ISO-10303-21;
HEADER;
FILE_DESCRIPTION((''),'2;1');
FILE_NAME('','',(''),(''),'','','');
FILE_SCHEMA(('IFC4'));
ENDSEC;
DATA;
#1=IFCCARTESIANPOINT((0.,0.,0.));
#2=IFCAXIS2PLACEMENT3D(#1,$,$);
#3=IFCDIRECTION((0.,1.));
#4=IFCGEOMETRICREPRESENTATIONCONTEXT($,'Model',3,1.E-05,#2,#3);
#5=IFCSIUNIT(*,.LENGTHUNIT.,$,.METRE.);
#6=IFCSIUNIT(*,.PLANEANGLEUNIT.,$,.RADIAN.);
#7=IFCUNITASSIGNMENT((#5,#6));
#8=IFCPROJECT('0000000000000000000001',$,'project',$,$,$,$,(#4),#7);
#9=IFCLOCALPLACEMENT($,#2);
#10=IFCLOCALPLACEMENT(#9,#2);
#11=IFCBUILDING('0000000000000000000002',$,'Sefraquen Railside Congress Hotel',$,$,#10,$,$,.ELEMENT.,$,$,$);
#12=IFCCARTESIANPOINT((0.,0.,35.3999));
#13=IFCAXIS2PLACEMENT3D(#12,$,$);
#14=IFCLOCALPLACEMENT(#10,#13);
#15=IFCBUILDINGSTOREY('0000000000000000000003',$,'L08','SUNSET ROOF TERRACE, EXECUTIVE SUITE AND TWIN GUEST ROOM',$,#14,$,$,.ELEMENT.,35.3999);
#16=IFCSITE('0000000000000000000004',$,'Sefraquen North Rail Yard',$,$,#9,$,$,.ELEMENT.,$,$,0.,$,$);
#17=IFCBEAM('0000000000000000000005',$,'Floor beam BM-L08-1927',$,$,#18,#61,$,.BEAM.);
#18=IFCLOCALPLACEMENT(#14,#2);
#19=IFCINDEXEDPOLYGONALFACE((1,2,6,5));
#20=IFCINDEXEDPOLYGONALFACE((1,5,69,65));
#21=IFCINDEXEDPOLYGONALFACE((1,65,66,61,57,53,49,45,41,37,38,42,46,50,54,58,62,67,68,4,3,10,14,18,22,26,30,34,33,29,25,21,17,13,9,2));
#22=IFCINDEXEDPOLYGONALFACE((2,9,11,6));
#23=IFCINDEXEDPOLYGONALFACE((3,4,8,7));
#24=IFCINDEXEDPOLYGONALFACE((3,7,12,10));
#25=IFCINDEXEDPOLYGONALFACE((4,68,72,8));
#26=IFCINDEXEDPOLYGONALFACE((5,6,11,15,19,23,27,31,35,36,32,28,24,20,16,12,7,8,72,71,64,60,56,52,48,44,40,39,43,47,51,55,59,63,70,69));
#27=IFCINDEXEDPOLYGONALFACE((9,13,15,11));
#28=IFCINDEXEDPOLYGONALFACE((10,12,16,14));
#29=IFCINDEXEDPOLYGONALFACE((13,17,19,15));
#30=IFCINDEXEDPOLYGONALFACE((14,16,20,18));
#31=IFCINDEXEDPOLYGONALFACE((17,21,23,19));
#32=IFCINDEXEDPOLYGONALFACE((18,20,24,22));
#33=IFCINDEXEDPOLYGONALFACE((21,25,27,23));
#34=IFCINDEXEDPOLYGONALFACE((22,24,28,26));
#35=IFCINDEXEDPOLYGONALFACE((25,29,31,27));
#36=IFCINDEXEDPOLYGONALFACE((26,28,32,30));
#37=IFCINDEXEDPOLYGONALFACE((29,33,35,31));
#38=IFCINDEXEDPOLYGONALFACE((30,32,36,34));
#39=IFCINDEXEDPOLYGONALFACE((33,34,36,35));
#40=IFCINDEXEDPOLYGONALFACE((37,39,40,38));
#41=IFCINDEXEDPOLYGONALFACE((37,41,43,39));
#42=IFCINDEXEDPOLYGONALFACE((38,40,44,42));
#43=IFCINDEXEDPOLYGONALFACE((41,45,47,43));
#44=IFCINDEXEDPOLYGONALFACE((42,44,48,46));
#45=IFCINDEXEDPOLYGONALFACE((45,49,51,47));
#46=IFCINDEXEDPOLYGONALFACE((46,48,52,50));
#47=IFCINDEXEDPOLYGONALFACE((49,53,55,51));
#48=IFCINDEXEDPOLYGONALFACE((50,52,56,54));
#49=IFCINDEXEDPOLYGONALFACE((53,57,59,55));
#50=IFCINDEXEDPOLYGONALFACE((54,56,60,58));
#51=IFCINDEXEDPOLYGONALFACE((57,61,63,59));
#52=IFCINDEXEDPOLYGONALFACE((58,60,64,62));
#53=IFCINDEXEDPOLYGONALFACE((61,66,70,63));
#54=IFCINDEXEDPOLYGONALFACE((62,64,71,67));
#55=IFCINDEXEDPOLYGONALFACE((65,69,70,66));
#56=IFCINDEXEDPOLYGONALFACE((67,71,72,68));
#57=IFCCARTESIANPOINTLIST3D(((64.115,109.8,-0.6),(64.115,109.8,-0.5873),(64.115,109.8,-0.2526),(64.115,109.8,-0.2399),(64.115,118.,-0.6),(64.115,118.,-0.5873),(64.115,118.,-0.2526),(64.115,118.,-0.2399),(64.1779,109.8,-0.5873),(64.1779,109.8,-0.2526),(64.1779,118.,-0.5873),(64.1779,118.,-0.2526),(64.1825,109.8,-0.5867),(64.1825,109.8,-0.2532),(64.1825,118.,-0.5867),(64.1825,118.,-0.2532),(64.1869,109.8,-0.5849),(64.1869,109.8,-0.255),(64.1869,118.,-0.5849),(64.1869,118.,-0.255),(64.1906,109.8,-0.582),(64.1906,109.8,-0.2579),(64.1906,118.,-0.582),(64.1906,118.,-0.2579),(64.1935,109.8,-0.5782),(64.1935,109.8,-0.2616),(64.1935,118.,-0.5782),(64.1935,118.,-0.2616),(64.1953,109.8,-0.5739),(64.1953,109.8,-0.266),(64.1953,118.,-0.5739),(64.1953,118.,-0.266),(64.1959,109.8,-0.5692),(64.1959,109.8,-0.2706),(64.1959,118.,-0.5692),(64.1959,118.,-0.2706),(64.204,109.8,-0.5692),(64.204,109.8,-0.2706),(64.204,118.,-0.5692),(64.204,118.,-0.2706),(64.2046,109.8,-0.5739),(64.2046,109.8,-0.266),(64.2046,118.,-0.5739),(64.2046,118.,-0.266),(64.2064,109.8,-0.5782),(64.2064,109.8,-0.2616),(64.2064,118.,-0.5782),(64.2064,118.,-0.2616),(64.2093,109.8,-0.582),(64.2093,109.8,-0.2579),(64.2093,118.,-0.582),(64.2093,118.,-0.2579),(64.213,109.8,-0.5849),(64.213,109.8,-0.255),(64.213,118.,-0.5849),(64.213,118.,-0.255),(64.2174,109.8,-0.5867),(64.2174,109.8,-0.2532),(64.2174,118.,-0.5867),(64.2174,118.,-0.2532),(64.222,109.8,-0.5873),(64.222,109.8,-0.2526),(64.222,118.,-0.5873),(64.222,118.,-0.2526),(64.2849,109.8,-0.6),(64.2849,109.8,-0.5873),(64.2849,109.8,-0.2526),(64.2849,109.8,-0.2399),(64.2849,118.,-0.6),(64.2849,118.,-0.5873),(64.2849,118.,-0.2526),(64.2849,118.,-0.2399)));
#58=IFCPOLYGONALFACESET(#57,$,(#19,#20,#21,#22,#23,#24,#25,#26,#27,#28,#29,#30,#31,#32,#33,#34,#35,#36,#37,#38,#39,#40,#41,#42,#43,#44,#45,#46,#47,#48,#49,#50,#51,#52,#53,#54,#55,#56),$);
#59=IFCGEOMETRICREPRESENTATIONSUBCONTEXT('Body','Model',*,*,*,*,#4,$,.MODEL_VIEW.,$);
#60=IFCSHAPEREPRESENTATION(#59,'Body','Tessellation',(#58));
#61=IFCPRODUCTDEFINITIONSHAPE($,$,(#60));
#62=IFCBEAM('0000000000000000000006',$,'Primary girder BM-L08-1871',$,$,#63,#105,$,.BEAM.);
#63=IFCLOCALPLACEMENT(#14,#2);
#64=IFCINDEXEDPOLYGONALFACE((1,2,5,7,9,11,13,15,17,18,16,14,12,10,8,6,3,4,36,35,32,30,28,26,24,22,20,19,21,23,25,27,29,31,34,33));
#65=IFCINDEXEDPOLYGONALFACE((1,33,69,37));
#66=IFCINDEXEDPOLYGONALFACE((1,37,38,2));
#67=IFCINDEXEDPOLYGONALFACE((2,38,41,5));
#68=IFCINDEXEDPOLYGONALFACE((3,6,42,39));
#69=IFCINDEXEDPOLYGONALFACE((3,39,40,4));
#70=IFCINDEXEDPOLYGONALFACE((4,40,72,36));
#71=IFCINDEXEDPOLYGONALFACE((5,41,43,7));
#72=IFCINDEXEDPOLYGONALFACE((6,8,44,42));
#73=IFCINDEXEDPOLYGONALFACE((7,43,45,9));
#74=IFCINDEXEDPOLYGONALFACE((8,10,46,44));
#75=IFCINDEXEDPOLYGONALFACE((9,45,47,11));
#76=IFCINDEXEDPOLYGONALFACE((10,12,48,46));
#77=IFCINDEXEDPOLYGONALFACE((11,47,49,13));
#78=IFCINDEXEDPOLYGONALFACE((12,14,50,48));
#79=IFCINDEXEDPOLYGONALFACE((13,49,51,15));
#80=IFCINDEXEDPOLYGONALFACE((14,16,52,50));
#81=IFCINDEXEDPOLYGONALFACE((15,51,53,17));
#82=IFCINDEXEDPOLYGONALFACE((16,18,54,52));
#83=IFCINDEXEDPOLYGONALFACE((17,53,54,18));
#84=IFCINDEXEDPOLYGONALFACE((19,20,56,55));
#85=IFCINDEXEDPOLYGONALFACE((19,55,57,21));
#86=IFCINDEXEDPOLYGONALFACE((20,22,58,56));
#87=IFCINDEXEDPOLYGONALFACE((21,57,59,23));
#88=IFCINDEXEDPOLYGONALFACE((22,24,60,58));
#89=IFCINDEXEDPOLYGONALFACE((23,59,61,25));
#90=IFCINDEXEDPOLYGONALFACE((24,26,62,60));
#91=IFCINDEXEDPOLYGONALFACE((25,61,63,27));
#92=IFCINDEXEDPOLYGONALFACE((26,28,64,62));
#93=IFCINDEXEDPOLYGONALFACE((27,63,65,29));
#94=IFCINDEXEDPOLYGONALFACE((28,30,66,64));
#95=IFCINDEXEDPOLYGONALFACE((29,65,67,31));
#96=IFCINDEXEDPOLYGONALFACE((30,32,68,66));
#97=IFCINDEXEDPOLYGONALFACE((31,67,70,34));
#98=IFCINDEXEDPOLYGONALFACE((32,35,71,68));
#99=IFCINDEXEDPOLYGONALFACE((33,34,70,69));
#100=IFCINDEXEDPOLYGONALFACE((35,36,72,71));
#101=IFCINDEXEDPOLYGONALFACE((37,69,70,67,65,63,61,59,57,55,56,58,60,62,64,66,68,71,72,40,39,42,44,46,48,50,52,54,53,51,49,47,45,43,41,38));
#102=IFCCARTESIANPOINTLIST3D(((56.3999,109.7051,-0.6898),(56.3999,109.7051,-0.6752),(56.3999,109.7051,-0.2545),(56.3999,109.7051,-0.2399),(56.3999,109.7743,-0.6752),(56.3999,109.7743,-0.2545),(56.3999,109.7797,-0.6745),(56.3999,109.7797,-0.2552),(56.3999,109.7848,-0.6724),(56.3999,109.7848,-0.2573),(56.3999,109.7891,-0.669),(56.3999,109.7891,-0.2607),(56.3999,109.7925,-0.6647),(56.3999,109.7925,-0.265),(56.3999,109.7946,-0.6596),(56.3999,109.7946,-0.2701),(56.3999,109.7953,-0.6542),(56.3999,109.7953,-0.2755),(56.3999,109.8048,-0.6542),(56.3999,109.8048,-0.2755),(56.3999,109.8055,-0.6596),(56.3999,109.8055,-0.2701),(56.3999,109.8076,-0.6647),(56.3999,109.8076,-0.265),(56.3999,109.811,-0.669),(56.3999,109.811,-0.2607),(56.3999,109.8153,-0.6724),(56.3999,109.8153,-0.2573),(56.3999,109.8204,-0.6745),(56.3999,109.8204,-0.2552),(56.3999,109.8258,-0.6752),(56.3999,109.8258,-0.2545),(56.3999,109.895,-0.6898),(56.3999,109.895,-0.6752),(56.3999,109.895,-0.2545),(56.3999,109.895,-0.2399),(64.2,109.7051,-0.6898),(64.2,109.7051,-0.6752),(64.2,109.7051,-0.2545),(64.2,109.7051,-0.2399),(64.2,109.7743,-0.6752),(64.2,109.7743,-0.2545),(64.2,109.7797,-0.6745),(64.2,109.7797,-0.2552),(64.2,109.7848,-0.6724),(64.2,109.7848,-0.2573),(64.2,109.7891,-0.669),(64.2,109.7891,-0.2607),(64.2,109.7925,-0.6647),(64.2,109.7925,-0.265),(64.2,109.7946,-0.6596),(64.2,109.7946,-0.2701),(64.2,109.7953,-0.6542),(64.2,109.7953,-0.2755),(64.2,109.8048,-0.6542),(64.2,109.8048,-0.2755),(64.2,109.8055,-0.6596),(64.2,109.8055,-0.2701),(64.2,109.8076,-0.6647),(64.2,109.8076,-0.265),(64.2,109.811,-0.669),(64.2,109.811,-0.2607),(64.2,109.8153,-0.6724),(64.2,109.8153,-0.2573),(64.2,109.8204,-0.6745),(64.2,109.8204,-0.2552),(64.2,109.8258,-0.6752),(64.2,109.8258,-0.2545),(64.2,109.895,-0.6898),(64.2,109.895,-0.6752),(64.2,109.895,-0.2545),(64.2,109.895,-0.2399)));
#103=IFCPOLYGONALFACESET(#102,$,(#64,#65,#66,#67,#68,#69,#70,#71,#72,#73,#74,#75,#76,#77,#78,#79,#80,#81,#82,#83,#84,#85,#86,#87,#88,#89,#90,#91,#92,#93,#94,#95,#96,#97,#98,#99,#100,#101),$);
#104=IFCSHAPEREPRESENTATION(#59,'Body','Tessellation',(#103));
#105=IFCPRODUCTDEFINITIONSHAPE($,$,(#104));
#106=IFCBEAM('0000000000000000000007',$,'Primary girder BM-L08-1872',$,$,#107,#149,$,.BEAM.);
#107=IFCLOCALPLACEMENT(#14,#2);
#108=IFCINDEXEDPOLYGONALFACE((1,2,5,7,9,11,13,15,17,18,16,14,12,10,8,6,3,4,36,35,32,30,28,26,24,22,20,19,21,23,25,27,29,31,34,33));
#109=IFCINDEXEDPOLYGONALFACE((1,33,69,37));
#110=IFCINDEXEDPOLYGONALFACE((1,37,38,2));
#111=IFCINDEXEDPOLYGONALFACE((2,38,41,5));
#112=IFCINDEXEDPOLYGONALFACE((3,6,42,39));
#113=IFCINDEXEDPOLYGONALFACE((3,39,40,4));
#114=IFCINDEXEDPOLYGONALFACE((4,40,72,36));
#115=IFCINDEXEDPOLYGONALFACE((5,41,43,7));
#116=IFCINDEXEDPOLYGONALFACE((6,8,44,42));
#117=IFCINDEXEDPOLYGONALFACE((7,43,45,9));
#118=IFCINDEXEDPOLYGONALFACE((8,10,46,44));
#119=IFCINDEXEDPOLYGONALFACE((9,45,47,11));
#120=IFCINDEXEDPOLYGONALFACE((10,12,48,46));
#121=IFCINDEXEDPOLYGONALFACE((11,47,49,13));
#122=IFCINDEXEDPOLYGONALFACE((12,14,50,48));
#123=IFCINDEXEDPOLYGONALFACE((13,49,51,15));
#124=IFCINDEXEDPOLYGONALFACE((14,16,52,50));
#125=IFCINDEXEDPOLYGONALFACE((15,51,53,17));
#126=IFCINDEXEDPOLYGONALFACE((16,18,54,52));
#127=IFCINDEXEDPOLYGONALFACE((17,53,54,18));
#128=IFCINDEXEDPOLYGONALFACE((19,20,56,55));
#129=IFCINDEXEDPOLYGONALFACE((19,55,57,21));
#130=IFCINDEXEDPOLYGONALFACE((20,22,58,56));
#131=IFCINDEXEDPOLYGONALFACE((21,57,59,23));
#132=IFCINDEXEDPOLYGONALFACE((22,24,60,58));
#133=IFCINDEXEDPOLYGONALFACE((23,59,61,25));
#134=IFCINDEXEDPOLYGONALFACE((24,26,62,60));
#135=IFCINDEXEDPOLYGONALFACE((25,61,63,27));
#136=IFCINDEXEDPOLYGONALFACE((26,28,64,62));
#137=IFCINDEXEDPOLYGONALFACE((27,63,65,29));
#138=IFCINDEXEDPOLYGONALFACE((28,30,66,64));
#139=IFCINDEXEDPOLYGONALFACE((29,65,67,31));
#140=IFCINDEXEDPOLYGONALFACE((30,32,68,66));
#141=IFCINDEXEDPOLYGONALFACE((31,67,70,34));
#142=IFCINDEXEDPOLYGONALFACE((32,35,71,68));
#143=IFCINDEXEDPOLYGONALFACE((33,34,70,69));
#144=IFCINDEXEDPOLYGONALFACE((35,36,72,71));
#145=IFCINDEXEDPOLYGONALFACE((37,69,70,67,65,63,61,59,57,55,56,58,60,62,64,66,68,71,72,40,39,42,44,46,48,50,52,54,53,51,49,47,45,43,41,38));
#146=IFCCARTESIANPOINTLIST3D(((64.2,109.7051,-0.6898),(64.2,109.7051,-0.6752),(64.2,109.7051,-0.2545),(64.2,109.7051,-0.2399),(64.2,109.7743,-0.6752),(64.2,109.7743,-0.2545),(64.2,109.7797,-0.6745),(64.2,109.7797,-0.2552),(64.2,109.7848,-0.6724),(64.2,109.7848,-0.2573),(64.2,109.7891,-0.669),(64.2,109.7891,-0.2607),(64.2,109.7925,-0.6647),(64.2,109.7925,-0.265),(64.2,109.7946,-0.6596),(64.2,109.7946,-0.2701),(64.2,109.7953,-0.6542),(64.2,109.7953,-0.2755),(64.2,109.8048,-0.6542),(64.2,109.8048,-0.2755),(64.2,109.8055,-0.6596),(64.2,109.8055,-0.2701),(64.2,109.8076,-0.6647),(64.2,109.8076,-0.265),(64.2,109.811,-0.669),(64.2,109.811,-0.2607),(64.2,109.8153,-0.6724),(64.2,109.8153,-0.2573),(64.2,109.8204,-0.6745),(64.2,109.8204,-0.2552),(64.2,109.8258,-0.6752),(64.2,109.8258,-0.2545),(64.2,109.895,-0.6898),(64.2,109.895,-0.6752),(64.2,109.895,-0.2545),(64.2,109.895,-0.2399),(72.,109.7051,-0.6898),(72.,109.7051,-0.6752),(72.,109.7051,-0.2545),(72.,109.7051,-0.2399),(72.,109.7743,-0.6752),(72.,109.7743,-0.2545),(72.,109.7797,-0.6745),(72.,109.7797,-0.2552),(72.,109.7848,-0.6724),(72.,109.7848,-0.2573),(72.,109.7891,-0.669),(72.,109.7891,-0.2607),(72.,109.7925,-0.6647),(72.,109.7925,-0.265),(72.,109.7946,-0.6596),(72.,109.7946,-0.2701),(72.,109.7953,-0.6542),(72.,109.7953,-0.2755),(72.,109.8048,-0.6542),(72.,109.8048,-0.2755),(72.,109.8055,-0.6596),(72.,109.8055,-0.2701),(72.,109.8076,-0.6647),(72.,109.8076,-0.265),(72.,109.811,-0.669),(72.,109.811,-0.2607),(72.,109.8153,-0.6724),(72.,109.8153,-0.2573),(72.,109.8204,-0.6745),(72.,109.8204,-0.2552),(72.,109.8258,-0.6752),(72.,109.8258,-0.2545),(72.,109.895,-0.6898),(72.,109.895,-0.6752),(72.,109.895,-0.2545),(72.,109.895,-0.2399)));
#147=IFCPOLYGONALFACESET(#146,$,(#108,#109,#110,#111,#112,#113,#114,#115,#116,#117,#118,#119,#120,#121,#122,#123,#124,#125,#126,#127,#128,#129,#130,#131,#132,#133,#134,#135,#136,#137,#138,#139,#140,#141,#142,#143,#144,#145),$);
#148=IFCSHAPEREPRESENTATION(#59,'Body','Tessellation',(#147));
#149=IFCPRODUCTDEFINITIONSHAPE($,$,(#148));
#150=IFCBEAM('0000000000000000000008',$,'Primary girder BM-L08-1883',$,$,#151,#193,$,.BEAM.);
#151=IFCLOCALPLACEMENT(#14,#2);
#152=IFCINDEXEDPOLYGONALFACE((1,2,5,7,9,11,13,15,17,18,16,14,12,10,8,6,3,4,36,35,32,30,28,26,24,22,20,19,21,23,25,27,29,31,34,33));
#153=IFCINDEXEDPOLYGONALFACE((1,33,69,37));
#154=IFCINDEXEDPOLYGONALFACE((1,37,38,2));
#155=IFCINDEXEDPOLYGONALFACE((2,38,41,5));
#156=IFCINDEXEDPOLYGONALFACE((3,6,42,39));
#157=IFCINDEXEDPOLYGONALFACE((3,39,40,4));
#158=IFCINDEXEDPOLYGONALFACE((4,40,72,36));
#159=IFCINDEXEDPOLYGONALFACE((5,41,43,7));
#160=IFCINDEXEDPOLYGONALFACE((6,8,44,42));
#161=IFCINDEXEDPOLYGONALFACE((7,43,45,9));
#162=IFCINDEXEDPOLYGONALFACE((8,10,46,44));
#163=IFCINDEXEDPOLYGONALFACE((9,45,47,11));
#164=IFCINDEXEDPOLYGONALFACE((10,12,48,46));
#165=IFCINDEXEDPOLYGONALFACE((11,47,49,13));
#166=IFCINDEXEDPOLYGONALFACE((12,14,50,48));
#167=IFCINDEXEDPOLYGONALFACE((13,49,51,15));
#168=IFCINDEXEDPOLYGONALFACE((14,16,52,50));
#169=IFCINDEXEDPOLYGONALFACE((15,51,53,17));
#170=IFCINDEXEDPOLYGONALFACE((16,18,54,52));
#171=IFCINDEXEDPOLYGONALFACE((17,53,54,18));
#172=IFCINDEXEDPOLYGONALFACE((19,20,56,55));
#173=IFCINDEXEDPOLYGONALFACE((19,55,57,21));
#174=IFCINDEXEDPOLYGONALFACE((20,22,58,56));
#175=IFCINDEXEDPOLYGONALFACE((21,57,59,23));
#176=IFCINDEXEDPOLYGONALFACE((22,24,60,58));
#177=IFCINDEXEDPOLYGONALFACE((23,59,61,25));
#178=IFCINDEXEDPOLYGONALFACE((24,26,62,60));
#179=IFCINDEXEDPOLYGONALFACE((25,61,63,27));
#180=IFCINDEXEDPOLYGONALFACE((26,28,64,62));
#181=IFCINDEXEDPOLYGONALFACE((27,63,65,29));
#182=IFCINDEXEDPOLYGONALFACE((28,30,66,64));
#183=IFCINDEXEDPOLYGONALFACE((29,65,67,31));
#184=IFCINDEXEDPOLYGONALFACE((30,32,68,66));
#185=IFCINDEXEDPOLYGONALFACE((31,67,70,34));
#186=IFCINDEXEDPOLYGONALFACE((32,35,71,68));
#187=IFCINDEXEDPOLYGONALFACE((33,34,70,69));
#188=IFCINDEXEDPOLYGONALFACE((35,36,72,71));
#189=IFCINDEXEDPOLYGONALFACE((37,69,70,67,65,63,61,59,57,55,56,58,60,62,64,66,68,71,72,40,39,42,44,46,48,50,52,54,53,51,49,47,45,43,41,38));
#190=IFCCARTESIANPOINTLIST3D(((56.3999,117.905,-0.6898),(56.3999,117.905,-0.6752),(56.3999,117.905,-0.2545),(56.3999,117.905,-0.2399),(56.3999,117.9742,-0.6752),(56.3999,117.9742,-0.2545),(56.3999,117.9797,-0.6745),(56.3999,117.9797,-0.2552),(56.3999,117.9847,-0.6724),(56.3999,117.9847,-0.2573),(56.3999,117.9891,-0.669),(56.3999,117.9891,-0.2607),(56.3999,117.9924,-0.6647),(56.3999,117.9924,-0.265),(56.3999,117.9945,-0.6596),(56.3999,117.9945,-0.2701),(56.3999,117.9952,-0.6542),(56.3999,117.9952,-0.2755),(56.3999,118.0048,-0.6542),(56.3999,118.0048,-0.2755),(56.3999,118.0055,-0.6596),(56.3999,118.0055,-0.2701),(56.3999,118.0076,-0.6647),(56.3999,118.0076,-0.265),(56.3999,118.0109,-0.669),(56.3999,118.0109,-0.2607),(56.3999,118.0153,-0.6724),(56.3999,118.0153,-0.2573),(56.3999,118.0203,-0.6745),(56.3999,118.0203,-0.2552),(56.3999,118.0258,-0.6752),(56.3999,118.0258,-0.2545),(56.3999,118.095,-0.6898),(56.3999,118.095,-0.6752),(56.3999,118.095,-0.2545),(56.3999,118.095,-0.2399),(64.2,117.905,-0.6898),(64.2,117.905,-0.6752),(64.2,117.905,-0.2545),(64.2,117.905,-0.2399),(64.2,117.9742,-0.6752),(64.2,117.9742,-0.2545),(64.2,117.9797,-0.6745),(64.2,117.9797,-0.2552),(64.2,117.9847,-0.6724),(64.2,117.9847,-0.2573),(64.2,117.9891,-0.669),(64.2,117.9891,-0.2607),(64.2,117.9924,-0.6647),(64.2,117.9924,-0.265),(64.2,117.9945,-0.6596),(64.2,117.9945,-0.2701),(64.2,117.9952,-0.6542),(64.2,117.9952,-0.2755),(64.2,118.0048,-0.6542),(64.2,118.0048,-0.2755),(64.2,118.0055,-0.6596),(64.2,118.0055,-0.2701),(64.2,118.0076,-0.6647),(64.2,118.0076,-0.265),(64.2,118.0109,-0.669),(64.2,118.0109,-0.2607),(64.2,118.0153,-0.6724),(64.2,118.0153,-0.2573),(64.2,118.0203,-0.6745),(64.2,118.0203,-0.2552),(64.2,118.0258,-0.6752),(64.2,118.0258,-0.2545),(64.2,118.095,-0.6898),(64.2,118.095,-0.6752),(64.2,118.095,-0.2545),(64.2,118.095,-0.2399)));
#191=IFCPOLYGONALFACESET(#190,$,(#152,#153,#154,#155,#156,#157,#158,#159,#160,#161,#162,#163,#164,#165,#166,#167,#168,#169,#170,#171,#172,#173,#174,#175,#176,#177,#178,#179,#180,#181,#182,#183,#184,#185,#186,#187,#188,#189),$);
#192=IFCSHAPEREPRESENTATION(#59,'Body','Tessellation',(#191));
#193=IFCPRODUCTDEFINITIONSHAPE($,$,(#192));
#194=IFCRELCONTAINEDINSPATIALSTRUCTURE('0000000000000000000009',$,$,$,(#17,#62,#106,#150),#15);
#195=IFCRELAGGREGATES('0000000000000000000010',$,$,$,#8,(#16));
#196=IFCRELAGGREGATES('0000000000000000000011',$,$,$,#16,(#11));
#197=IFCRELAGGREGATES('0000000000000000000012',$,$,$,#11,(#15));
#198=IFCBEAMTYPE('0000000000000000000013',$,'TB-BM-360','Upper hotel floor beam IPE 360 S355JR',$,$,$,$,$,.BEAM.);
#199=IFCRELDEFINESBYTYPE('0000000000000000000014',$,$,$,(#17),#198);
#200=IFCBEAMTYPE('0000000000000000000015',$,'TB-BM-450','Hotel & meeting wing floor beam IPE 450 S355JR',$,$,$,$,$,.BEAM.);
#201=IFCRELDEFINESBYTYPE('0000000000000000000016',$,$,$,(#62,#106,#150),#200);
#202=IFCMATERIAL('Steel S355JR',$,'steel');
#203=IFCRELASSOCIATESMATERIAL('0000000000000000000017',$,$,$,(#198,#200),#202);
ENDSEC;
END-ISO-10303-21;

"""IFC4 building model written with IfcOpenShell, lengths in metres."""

from ifc_helpers import new_model, si_unit, direction, frame, origin, origin_2d, place, context, subcontext, project, spatial, i_section, extrude, material, material_profile, profile_set, type_object, element, save


model = new_model("IFC4")

# Units and contexts
model_context = context("Model", 3, precision=1e-05, world=origin(), true_north=direction((0.0, 1.0)))
body_context = subcontext(model_context, "Body", "Model", "MODEL_VIEW")
ifc_project = project(units=[si_unit("LENGTHUNIT", "METRE"), si_unit("PLANEANGLEUNIT", "RADIAN")], contexts=[model_context])

# Site, building, storey
site_placement = place(None, origin())
site = spatial("IfcSite", under=ifc_project, at=site_placement, Name="Sefraquen North Rail Yard", CompositionType="ELEMENT", RefElevation=0.0)
building_placement = place(site_placement, origin())
building = spatial("IfcBuilding", under=site, at=building_placement, Name="Sefraquen Railside Congress Hotel", CompositionType="ELEMENT")
storey_placement = place(building_placement, frame((0.0, 0.0, 35.3999)))
storey = spatial("IfcBuildingStorey", under=building, at=storey_placement, Name="L08", Description="SUNSET ROOF TERRACE, EXECUTIVE SUITE AND TWIN GUEST ROOM", CompositionType="ELEMENT", Elevation=35.3999)

# Shared definitions
ifc_material_1 = material(Name="Steel S355JR", Category="steel")

# Beams
ifc_material_profile_1 = material_profile(ifc_material_1, i_section(OverallWidth=0.1699, OverallDepth=0.3601, WebThickness=0.0081, FlangeThickness=0.0127, FilletRadius=0.0181, at=origin_2d()), Name="IPE 360")
ifc_profile_set_1 = profile_set([ifc_material_profile_1], Name="Steel S355JR")
beam_type_1 = type_object("IfcBeamType", Name="TB-BM-360", Description="Upper hotel floor beam IPE 360 S355JR", PredefinedType="BEAM", material=ifc_profile_set_1)
for number, where, z_axis, x_axis, name in (
    (1, (64.2, 109.8, -0.4199), (0.0, 1.0, 0.0), (-1.0, 0.0, 0.0), "Floor beam BM-L08-1927"),
):
    element("IfcBeam", number, at=place(storey_placement, frame(where, z_axis=z_axis, x_axis=x_axis)), inside=storey, type_object=beam_type_1, Name=name, PredefinedType="BEAM", context=body_context, shape_type="SweptSolid", body=[
        extrude(i_section(OverallWidth=0.1699, OverallDepth=0.3601, WebThickness=0.0081, FlangeThickness=0.0127, FilletRadius=0.0181, at=origin_2d()), origin(), (0.0, 0.0, 1.0), 8.2),
    ])
ifc_material_profile_2 = material_profile(ifc_material_1, i_section(OverallWidth=0.1899, OverallDepth=0.45, WebThickness=0.0095, FlangeThickness=0.0146, FilletRadius=0.021, at=origin_2d()), Name="IPE 450")
ifc_profile_set_2 = profile_set([ifc_material_profile_2], Name="Steel S355JR")
beam_type_2 = type_object("IfcBeamType", Name="TB-BM-450", Description="Hotel & meeting wing floor beam IPE 450 S355JR", PredefinedType="BEAM", material=ifc_profile_set_2)
for number, where, z_axis, x_axis, name in (
    (2, (56.3999, 109.8, -0.4648), (1.0, 0.0, 0.0), (0.0, 1.0, 0.0), "Primary girder BM-L08-1871"),
    (3, (64.2, 109.8, -0.4648), (1.0, 0.0, 0.0), (0.0, 1.0, 0.0), "Primary girder BM-L08-1872"),
    (4, (56.3999, 118.0, -0.4648), (1.0, 0.0, 0.0), (0.0, 1.0, 0.0), "Primary girder BM-L08-1883"),
):
    element("IfcBeam", number, at=place(storey_placement, frame(where, z_axis=z_axis, x_axis=x_axis)), inside=storey, type_object=beam_type_2, Name=name, PredefinedType="BEAM", context=body_context, shape_type="SweptSolid", body=[
        extrude(i_section(OverallWidth=0.1899, OverallDepth=0.45, WebThickness=0.0095, FlangeThickness=0.0146, FilletRadius=0.021, at=origin_2d()), origin(), (0.0, 0.0, 1.0), 7.8),
    ])

save(model, "model.ifc")
